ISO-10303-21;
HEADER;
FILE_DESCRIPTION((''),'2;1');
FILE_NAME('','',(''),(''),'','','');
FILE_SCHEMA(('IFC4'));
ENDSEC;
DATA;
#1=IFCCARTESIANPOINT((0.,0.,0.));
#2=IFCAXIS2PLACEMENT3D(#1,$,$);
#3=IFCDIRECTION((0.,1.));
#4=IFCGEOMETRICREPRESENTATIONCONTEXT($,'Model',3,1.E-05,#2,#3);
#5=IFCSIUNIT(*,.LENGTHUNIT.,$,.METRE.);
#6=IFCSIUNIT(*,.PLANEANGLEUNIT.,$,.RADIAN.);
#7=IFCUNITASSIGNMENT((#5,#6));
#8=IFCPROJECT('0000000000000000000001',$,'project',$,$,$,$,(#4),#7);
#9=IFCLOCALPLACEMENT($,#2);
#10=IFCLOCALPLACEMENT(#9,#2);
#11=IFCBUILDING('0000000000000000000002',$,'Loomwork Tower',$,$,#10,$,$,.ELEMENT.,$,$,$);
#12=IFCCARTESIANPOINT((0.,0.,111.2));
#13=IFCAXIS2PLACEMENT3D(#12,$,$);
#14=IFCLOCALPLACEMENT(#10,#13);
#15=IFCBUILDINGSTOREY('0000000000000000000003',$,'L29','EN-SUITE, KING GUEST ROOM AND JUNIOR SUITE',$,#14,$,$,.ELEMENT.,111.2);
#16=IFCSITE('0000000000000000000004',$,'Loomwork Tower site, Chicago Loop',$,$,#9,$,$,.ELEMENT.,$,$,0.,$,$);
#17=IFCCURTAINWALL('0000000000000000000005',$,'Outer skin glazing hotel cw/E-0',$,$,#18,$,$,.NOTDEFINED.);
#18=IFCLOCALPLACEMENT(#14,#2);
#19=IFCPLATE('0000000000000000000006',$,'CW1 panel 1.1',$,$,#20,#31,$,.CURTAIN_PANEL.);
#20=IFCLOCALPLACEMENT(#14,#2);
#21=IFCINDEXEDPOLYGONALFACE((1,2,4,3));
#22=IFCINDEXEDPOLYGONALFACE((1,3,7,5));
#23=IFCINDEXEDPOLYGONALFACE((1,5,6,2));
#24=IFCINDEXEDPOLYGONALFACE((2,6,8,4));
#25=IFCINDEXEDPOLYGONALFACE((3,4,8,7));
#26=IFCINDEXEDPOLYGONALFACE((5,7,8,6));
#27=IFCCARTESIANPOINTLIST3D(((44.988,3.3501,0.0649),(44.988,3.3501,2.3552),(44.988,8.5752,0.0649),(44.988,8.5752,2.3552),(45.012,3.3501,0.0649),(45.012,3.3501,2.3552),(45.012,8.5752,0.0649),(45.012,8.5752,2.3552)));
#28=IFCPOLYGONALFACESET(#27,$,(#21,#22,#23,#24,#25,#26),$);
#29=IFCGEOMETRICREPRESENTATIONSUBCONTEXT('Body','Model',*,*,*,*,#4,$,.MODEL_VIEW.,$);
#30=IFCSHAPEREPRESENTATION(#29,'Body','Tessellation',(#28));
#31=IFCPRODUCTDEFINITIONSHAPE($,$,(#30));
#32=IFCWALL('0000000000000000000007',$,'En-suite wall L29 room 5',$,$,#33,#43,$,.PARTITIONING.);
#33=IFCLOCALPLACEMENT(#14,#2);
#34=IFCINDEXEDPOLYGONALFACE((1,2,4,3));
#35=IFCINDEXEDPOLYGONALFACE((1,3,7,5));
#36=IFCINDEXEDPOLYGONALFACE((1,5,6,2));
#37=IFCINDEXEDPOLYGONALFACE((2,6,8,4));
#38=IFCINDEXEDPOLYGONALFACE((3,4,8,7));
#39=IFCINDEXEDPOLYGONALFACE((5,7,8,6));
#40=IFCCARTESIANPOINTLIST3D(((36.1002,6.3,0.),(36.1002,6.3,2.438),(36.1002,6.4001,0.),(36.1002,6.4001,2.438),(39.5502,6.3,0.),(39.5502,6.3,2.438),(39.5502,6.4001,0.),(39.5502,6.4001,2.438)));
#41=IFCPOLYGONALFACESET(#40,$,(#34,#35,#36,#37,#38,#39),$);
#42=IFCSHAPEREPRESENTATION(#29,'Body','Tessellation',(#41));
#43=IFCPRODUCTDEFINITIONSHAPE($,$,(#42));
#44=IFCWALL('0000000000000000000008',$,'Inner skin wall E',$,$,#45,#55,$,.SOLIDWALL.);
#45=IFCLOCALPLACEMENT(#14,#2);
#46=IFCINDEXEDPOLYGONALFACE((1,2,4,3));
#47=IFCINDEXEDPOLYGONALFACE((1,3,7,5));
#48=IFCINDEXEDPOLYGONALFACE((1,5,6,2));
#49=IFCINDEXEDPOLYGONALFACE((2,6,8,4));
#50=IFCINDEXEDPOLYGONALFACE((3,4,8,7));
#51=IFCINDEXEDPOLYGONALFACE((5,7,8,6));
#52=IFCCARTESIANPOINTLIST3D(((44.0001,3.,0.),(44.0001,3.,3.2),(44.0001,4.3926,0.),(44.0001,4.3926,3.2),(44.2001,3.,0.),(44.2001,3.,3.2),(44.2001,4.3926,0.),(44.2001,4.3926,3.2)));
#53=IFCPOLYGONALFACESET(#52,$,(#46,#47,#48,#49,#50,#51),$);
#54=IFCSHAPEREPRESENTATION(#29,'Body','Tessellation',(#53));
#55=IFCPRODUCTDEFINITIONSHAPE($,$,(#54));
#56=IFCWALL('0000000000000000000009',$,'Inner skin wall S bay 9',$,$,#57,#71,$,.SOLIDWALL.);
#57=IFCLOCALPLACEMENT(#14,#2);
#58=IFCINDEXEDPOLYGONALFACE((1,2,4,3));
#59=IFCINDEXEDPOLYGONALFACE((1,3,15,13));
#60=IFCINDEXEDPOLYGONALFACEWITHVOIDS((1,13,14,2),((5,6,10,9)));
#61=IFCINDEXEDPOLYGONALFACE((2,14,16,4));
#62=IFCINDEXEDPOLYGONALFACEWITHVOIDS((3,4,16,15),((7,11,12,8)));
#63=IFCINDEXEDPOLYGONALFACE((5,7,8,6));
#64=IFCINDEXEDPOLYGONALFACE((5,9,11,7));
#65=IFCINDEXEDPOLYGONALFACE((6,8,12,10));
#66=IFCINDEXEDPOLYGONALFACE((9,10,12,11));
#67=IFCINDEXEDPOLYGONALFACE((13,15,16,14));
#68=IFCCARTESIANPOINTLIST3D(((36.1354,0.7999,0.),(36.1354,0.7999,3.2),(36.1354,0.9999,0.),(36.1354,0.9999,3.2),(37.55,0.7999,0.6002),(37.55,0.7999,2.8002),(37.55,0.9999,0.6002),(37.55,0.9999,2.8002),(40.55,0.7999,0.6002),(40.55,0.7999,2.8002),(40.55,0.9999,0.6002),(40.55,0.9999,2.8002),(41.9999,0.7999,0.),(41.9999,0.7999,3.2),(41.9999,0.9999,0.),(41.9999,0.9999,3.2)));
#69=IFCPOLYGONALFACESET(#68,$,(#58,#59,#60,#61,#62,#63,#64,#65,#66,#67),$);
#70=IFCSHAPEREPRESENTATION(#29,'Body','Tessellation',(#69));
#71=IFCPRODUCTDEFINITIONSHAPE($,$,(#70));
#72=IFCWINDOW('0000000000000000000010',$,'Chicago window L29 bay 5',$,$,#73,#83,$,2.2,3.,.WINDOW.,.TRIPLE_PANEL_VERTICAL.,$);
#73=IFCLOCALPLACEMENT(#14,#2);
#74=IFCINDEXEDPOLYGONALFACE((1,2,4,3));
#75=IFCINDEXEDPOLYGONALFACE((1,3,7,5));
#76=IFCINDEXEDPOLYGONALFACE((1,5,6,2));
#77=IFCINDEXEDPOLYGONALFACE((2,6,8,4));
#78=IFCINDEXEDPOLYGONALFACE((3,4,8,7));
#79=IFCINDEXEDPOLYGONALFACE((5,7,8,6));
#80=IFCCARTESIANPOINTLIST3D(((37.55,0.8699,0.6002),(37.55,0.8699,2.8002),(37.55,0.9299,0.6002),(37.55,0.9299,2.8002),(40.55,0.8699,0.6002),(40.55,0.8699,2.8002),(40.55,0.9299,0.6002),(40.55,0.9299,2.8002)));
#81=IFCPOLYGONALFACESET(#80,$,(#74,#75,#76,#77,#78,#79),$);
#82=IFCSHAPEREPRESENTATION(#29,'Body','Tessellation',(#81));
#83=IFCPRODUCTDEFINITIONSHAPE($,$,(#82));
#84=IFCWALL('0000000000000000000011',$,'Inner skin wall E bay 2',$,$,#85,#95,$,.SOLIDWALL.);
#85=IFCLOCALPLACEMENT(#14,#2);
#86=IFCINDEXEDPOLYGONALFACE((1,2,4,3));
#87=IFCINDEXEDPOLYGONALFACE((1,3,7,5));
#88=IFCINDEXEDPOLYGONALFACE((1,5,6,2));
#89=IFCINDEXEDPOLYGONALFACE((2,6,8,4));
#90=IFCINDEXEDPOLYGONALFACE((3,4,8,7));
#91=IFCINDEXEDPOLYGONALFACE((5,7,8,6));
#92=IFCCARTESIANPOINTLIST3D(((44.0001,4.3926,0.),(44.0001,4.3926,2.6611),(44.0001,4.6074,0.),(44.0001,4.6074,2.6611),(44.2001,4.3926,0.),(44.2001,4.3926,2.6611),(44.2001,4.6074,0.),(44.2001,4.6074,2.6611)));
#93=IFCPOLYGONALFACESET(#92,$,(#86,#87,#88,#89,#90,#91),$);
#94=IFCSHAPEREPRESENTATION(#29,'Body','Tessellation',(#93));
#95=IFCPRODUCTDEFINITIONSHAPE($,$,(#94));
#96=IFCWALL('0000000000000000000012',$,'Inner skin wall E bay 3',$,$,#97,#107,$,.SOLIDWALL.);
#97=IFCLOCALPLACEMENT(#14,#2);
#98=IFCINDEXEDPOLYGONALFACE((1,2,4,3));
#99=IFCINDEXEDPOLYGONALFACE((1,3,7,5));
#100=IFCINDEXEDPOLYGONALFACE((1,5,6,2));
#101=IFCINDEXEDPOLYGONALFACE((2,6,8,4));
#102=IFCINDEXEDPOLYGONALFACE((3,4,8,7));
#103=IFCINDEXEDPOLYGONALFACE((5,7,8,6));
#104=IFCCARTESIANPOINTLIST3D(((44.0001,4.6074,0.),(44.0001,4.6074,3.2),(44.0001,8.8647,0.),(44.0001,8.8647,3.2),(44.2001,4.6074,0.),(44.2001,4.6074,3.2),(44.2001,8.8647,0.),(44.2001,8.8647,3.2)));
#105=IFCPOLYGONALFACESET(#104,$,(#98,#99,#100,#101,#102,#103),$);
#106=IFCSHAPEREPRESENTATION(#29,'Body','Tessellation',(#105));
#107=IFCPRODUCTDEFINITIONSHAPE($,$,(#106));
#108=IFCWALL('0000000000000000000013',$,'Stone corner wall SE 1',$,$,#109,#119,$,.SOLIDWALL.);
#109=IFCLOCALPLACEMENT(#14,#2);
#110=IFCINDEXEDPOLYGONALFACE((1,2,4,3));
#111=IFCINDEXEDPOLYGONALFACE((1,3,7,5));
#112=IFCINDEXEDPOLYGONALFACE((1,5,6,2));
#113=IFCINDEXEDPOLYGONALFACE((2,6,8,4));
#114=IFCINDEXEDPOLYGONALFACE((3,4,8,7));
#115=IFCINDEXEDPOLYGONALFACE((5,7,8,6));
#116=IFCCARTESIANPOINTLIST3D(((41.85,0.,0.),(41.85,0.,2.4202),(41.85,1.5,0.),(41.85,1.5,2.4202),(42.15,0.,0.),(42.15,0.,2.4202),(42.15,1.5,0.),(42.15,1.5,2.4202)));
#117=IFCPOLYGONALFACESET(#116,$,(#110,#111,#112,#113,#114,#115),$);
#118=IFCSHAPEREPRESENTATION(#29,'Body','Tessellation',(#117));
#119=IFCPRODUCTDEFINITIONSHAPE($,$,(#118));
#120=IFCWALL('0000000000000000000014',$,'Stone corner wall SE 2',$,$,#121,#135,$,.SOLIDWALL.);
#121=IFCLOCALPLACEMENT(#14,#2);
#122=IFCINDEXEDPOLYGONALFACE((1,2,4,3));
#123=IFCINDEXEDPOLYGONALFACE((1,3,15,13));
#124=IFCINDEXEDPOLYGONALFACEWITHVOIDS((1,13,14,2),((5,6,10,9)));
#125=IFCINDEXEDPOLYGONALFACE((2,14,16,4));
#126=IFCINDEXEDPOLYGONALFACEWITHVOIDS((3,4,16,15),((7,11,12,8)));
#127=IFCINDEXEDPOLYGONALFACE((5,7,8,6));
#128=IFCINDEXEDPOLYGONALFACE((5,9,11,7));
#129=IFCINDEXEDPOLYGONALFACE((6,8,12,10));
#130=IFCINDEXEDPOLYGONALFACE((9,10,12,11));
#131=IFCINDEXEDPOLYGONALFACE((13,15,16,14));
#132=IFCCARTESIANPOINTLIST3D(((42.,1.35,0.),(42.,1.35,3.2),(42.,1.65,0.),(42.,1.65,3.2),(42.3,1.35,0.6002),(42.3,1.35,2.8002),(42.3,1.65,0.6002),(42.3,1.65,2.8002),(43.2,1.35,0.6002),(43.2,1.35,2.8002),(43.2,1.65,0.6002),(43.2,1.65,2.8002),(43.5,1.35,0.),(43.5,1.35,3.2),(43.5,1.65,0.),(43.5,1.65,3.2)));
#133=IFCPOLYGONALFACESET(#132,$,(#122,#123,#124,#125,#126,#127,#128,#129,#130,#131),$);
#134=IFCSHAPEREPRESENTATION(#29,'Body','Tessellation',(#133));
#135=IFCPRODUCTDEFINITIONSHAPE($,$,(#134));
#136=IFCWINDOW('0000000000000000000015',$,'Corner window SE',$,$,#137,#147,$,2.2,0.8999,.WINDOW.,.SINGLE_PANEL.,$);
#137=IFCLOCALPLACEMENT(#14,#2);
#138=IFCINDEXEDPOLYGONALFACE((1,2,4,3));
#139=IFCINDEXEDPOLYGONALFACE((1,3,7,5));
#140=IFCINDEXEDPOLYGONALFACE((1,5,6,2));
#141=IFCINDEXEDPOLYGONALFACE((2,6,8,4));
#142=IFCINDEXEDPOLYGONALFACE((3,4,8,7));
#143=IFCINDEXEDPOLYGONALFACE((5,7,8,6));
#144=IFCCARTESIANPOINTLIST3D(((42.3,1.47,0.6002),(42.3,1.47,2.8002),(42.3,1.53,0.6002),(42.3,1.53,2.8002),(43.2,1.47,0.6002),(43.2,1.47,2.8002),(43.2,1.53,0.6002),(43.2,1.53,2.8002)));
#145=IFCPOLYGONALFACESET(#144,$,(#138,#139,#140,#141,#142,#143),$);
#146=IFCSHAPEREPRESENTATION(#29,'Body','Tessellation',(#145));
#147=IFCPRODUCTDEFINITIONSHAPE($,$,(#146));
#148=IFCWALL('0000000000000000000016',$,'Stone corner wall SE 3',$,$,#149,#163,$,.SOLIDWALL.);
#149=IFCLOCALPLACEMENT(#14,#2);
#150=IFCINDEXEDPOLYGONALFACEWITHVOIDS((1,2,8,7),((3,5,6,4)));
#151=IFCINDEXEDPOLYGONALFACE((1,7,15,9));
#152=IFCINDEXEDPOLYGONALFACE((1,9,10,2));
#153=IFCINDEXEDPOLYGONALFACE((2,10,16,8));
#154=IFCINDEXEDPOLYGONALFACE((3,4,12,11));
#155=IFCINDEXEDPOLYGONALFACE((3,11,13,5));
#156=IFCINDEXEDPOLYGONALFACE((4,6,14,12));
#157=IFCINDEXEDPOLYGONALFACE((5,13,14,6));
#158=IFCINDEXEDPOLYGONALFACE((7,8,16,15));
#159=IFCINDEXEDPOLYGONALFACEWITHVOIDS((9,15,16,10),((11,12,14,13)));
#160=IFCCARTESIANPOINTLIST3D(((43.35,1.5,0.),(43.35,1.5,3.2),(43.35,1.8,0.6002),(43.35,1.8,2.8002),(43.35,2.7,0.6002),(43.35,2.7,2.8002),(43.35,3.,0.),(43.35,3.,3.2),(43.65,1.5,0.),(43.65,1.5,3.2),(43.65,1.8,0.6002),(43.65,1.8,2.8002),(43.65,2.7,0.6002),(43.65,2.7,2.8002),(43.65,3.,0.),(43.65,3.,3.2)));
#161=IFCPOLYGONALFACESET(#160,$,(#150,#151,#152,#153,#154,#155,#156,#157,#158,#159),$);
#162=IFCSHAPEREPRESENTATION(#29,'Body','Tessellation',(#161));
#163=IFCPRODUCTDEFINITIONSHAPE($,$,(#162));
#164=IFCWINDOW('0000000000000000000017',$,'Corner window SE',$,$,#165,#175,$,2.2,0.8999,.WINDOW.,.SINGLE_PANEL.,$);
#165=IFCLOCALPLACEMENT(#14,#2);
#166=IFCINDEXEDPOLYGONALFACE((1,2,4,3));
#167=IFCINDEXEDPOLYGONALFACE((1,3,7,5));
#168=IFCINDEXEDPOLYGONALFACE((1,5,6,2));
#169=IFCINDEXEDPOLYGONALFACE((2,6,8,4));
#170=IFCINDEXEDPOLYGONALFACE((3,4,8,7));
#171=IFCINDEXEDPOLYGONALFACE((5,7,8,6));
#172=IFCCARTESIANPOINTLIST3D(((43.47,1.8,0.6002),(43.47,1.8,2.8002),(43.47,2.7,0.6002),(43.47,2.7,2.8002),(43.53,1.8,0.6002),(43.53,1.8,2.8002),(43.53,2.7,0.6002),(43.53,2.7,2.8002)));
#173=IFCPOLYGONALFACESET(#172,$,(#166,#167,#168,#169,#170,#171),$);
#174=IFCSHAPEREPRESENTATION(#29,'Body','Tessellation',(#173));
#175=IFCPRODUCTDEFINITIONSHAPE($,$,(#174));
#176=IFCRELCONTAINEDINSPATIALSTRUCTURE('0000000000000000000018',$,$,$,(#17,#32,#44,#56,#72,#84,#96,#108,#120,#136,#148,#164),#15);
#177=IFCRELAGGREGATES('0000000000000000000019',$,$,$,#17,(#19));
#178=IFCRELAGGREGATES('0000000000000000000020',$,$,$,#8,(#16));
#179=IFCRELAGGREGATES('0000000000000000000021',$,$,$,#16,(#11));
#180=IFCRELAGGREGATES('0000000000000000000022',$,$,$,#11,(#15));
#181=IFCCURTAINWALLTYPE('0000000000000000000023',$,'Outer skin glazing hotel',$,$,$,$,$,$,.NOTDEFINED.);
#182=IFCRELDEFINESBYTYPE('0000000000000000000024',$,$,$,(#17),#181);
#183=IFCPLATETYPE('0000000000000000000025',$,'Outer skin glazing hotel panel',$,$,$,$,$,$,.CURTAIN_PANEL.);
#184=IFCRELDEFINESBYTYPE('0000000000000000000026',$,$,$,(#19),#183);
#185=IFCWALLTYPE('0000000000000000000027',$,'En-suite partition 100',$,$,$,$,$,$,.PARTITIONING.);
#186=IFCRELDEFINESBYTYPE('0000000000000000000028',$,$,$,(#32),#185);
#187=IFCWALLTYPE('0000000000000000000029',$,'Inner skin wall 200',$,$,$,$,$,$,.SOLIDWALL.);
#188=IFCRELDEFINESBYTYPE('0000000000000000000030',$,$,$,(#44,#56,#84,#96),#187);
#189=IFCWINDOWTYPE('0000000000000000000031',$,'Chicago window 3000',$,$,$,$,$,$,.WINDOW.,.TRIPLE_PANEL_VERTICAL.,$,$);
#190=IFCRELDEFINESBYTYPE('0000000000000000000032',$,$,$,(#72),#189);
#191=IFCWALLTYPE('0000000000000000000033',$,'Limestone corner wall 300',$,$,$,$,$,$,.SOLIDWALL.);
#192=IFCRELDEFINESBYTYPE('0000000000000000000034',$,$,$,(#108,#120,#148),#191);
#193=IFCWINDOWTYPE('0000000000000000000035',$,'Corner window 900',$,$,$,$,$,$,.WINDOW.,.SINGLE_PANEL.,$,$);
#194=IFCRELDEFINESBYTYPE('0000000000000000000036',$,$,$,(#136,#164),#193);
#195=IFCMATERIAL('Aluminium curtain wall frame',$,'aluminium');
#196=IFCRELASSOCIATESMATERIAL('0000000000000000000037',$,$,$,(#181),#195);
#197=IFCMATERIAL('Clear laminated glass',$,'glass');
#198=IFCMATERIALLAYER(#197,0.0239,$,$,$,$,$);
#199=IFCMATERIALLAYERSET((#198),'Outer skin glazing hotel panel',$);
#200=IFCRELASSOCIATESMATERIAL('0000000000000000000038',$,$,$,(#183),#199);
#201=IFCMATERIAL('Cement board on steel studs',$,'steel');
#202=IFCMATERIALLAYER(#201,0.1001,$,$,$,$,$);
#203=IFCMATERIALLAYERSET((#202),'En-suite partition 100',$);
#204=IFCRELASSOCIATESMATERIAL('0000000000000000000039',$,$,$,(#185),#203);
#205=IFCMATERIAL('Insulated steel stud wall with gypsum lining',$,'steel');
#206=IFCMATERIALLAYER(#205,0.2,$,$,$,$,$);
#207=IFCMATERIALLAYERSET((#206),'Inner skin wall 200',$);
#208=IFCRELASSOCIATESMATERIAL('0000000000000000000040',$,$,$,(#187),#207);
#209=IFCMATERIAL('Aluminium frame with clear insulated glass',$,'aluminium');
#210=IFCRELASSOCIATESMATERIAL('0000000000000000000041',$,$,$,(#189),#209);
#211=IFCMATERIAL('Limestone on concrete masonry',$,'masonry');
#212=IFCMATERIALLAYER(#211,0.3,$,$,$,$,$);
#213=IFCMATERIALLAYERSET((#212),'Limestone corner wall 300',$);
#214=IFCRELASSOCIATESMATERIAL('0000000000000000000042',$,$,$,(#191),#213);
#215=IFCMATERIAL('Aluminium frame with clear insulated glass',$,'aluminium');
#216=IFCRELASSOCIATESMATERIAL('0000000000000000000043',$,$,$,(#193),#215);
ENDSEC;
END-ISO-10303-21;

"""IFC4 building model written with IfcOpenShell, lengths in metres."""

from ifc_helpers import new_model, si_unit, direction, frame, frame_2d, origin, origin_2d, place, context, subcontext, project, spatial, rectangle, extrude, material, layer, layer_set, type_object, element, fill, aggregate, save


model = new_model("IFC4")

# Units and contexts
model_context = context("Model", 3, precision=1e-05, world=origin(), true_north=direction((0.0, 1.0)))
body_context = subcontext(model_context, "Body", "Model", "MODEL_VIEW")
ifc_project = project(units=[si_unit("LENGTHUNIT", "METRE"), si_unit("PLANEANGLEUNIT", "RADIAN")], contexts=[model_context])

# Site, building, storey
site_placement = place(None, origin())
site = spatial("IfcSite", under=ifc_project, at=site_placement, Name="Loomwork Tower site, Chicago Loop", CompositionType="ELEMENT", RefElevation=0.0)
building_placement = place(site_placement, origin())
building = spatial("IfcBuilding", under=site, at=building_placement, Name="Loomwork Tower", CompositionType="ELEMENT")
storey_placement = place(building_placement, frame((0.0, 0.0, 111.2)))
storey = spatial("IfcBuildingStorey", under=building, at=storey_placement, Name="L29", Description="EN-SUITE, KING GUEST ROOM AND JUNIOR SUITE", CompositionType="ELEMENT", Elevation=111.2)

# Curtain wall
ifc_material_1 = material(Name="Aluminium curtain wall frame", Category="aluminium")
curtain_wall_type = type_object("IfcCurtainWallType", Name="Outer skin glazing hotel", PredefinedType="NOTDEFINED", material=ifc_material_1)
curtain_wall_1_placement = place(storey_placement, origin())
curtain_wall_1 = element("IfcCurtainWall", 1, at=curtain_wall_1_placement, inside=storey, type_object=curtain_wall_type, Name="Outer skin glazing hotel cw/E-0", PredefinedType="NOTDEFINED")

# Plate
ifc_material_2 = material(Name="Clear laminated glass", Category="glass")
ifc_layer_1 = layer(ifc_material_2, 0.0239)
ifc_layer_set_1 = layer_set([ifc_layer_1], Name="Outer skin glazing hotel panel")
plate_type = type_object("IfcPlateType", Name="Outer skin glazing hotel panel", PredefinedType="CURTAIN_PANEL", material=ifc_layer_set_1)
plate_1_placement = place(storey_placement, frame((45.0, 5.9626, 0.0649), z_axis=(0.0, 0.0, 1.0), x_axis=(0.0, 1.0, 0.0)))
plate_1 = element("IfcPlate", 2, at=plate_1_placement, type_object=plate_type, Name="CW1 panel 1.1", PredefinedType="CURTAIN_PANEL", context=body_context, shape_type="SweptSolid", body=[
    extrude(rectangle(XDim=5.2251, YDim=0.0239, at=origin_2d()), origin(), (0.0, 0.0, 1.0), 2.2903),
])
aggregate(curtain_wall_1, [plate_1])

# Walls
ifc_material_3 = material(Name="Cement board on steel studs", Category="steel")
ifc_layer_2 = layer(ifc_material_3, 0.1001)
ifc_layer_set_2 = layer_set([ifc_layer_2], Name="En-suite partition 100")
wall_type_1 = type_object("IfcWallType", Name="En-suite partition 100", PredefinedType="PARTITIONING", material=ifc_layer_set_2)
wall_1_placement = place(storey_placement, frame((36.1001, 6.3501, 0.0), z_axis=(0.0, 0.0, 1.0), x_axis=(1.0, 0.0, 0.0)))
element("IfcWall", 3, at=wall_1_placement, inside=storey, type_object=wall_type_1, Name="En-suite wall L29 room 5", PredefinedType="PARTITIONING", context=body_context, shape_type="SweptSolid", body=[
    extrude(rectangle(XDim=3.45, YDim=0.1001, at=frame_2d((1.7251, 0.0))), origin(), (0.0, 0.0, 1.0), 2.438),
])
ifc_material_4 = material(Name="Insulated steel stud wall with gypsum lining", Category="steel")
ifc_layer_3 = layer(ifc_material_4, 0.2)
ifc_layer_set_3 = layer_set([ifc_layer_3], Name="Inner skin wall 200")
wall_type_2 = type_object("IfcWallType", Name="Inner skin wall 200", PredefinedType="SOLIDWALL", material=ifc_layer_set_3)
wall_2_placement = place(storey_placement, frame((44.1001, 3.0, 0.0), z_axis=(0.0, 0.0, 1.0), x_axis=(0.0, 1.0, 0.0)))
element("IfcWall", 4, at=wall_2_placement, inside=storey, type_object=wall_type_2, Name="Inner skin wall E", PredefinedType="SOLIDWALL", context=body_context, shape_type="SweptSolid", body=[
    extrude(rectangle(XDim=1.3926, YDim=0.2, at=frame_2d((0.6963, 0.0))), origin(), (0.0, 0.0, 1.0), 3.2),
])

# Wall, opening, window
wall_3_placement = place(storey_placement, frame((36.1355, 0.8999, 0.0), z_axis=(0.0, 0.0, 1.0), x_axis=(1.0, 0.0, 0.0)))
wall_3 = element("IfcWall", 5, at=wall_3_placement, inside=storey, type_object=wall_type_2, Name="Inner skin wall S bay 9", PredefinedType="SOLIDWALL", context=body_context, shape_type="SweptSolid", body=[
    extrude(rectangle(XDim=5.8645, YDim=0.2, at=frame_2d((2.9321, 0.0))), origin(), (0.0, 0.0, 1.0), 3.2),
])
opening_1_placement = place(wall_3_placement, frame((1.4146, 0.0, 0.6001)))
opening_1 = element("IfcOpeningElement", 6, at=opening_1_placement, cuts=wall_3, PredefinedType="OPENING", context=body_context, shape_type="SweptSolid", body=[
    extrude(rectangle(XDim=3.0, YDim=2.2, at=frame_2d((1.5, 1.1001))), frame((0.0, 0.1099, 0.0), z_axis=(0.0, -1.0, 0.0), x_axis=(1.0, 0.0, 0.0)), (0.0, 0.0, 1.0), 0.22),
])
ifc_material_5 = material(Name="Aluminium frame with clear insulated glass", Category="aluminium")
window_type_1 = type_object("IfcWindowType", Name="Chicago window 3000", PartitioningType="TRIPLE_PANEL_VERTICAL", PredefinedType="WINDOW", material=ifc_material_5)
window_1_placement = place(opening_1_placement, origin())
window_1 = element("IfcWindow", 7, at=window_1_placement, inside=storey, type_object=window_type_1, Name="Chicago window L29 bay 5", OverallHeight=2.2, OverallWidth=3.0, PartitioningType="TRIPLE_PANEL_VERTICAL", PredefinedType="WINDOW", context=body_context, shape_type="SweptSolid", body=[
    extrude(rectangle(XDim=3.0, YDim=2.2, at=frame_2d((1.5, 1.1001))), frame((0.0, 0.03, 0.0), z_axis=(0.0, -1.0, 0.0), x_axis=(1.0, 0.0, 0.0)), (0.0, 0.0, 1.0), 0.0601),
])
fill(opening_1, window_1)

# Walls
wall_4_placement = place(storey_placement, frame((44.1001, 4.3926, 0.0), z_axis=(0.0, 0.0, 1.0), x_axis=(0.0, 1.0, 0.0)))
element("IfcWall", 8, at=wall_4_placement, inside=storey, type_object=wall_type_2, Name="Inner skin wall E bay 2", PredefinedType="SOLIDWALL", context=body_context, shape_type="SweptSolid", body=[
    extrude(rectangle(XDim=0.2148, YDim=0.2, at=frame_2d((0.1074, 0.0))), origin(), (0.0, 0.0, 1.0), 2.6611),
])
wall_5_placement = place(storey_placement, frame((44.1001, 4.6074, 0.0), z_axis=(0.0, 0.0, 1.0), x_axis=(0.0, 1.0, 0.0)))
element("IfcWall", 9, at=wall_5_placement, inside=storey, type_object=wall_type_2, Name="Inner skin wall E bay 3", PredefinedType="SOLIDWALL", context=body_context, shape_type="SweptSolid", body=[
    extrude(rectangle(XDim=4.2573, YDim=0.2, at=frame_2d((2.1287, 0.0))), origin(), (0.0, 0.0, 1.0), 3.2),
])
ifc_material_6 = material(Name="Limestone on concrete masonry", Category="masonry")
ifc_layer_4 = layer(ifc_material_6, 0.3)
ifc_layer_set_4 = layer_set([ifc_layer_4], Name="Limestone corner wall 300")
wall_type_3 = type_object("IfcWallType", Name="Limestone corner wall 300", PredefinedType="SOLIDWALL", material=ifc_layer_set_4)
wall_6_placement = place(storey_placement, frame((42.0, 0.0, 0.0), z_axis=(0.0, 0.0, 1.0), x_axis=(0.0, 1.0, 0.0)))
element("IfcWall", 10, at=wall_6_placement, inside=storey, type_object=wall_type_3, Name="Stone corner wall SE 1", PredefinedType="SOLIDWALL", context=body_context, shape_type="SweptSolid", body=[
    extrude(rectangle(XDim=1.5, YDim=0.3, at=frame_2d((0.75, 0.0))), origin(), (0.0, 0.0, 1.0), 2.4202),
])

# Walls, openings, windows
wall_7_placement = place(storey_placement, frame((42.0, 1.5, 0.0), z_axis=(0.0, 0.0, 1.0), x_axis=(1.0, 0.0, 0.0)))
wall_7 = element("IfcWall", 11, at=wall_7_placement, inside=storey, type_object=wall_type_3, Name="Stone corner wall SE 2", PredefinedType="SOLIDWALL", context=body_context, shape_type="SweptSolid", body=[
    extrude(rectangle(XDim=1.5, YDim=0.3, at=frame_2d((0.75, 0.0))), origin(), (0.0, 0.0, 1.0), 3.2),
])
opening_2_placement = place(wall_7_placement, frame((0.3, 0.0, 0.6001)))
opening_2 = element("IfcOpeningElement", 12, at=opening_2_placement, cuts=wall_7, PredefinedType="OPENING", context=body_context, shape_type="SweptSolid", body=[
    extrude(rectangle(XDim=0.8999, YDim=2.2, at=frame_2d((0.45, 1.1001))), frame((0.0, 0.1599, 0.0), z_axis=(0.0, -1.0, 0.0), x_axis=(1.0, 0.0, 0.0)), (0.0, 0.0, 1.0), 0.3201),
])
ifc_material_7 = material(Name="Aluminium frame with clear insulated glass", Category="aluminium")
window_type_2 = type_object("IfcWindowType", Name="Corner window 900", PartitioningType="SINGLE_PANEL", PredefinedType="WINDOW", material=ifc_material_7)
window_2_placement = place(opening_2_placement, origin())
window_2 = element("IfcWindow", 13, at=window_2_placement, inside=storey, type_object=window_type_2, Name="Corner window SE", OverallHeight=2.2, OverallWidth=0.8999, PartitioningType="SINGLE_PANEL", PredefinedType="WINDOW", context=body_context, shape_type="SweptSolid", body=[
    extrude(rectangle(XDim=0.8999, YDim=2.2, at=frame_2d((0.45, 1.1001))), frame((0.0, 0.03, 0.0), z_axis=(0.0, -1.0, 0.0), x_axis=(1.0, 0.0, 0.0)), (0.0, 0.0, 1.0), 0.0601),
])
fill(opening_2, window_2)
wall_8_placement = place(storey_placement, frame((43.5, 1.5, 0.0), z_axis=(0.0, 0.0, 1.0), x_axis=(0.0, 1.0, 0.0)))
wall_8 = element("IfcWall", 14, at=wall_8_placement, inside=storey, type_object=wall_type_3, Name="Stone corner wall SE 3", PredefinedType="SOLIDWALL", context=body_context, shape_type="SweptSolid", body=[
    extrude(rectangle(XDim=1.5, YDim=0.3, at=frame_2d((0.75, 0.0))), origin(), (0.0, 0.0, 1.0), 3.2),
])
opening_3_placement = place(wall_8_placement, frame((0.3, 0.0, 0.6001)))
opening_3 = element("IfcOpeningElement", 15, at=opening_3_placement, cuts=wall_8, PredefinedType="OPENING", context=body_context, shape_type="SweptSolid", body=[
    extrude(rectangle(XDim=0.8999, YDim=2.2, at=frame_2d((0.45, 1.1001))), frame((0.0, 0.1599, 0.0), z_axis=(0.0, -1.0, 0.0), x_axis=(1.0, 0.0, 0.0)), (0.0, 0.0, 1.0), 0.3201),
])
window_3_placement = place(opening_3_placement, origin())
window_3 = element("IfcWindow", 16, at=window_3_placement, inside=storey, type_object=window_type_2, Name="Corner window SE", OverallHeight=2.2, OverallWidth=0.8999, PartitioningType="SINGLE_PANEL", PredefinedType="WINDOW", context=body_context, shape_type="SweptSolid", body=[
    extrude(rectangle(XDim=0.8999, YDim=2.2, at=frame_2d((0.45, 1.1001))), frame((0.0, 0.03, 0.0), z_axis=(0.0, -1.0, 0.0), x_axis=(1.0, 0.0, 0.0)), (0.0, 0.0, 1.0), 0.0601),
])
fill(opening_3, window_3)

save(model, "model.ifc")
